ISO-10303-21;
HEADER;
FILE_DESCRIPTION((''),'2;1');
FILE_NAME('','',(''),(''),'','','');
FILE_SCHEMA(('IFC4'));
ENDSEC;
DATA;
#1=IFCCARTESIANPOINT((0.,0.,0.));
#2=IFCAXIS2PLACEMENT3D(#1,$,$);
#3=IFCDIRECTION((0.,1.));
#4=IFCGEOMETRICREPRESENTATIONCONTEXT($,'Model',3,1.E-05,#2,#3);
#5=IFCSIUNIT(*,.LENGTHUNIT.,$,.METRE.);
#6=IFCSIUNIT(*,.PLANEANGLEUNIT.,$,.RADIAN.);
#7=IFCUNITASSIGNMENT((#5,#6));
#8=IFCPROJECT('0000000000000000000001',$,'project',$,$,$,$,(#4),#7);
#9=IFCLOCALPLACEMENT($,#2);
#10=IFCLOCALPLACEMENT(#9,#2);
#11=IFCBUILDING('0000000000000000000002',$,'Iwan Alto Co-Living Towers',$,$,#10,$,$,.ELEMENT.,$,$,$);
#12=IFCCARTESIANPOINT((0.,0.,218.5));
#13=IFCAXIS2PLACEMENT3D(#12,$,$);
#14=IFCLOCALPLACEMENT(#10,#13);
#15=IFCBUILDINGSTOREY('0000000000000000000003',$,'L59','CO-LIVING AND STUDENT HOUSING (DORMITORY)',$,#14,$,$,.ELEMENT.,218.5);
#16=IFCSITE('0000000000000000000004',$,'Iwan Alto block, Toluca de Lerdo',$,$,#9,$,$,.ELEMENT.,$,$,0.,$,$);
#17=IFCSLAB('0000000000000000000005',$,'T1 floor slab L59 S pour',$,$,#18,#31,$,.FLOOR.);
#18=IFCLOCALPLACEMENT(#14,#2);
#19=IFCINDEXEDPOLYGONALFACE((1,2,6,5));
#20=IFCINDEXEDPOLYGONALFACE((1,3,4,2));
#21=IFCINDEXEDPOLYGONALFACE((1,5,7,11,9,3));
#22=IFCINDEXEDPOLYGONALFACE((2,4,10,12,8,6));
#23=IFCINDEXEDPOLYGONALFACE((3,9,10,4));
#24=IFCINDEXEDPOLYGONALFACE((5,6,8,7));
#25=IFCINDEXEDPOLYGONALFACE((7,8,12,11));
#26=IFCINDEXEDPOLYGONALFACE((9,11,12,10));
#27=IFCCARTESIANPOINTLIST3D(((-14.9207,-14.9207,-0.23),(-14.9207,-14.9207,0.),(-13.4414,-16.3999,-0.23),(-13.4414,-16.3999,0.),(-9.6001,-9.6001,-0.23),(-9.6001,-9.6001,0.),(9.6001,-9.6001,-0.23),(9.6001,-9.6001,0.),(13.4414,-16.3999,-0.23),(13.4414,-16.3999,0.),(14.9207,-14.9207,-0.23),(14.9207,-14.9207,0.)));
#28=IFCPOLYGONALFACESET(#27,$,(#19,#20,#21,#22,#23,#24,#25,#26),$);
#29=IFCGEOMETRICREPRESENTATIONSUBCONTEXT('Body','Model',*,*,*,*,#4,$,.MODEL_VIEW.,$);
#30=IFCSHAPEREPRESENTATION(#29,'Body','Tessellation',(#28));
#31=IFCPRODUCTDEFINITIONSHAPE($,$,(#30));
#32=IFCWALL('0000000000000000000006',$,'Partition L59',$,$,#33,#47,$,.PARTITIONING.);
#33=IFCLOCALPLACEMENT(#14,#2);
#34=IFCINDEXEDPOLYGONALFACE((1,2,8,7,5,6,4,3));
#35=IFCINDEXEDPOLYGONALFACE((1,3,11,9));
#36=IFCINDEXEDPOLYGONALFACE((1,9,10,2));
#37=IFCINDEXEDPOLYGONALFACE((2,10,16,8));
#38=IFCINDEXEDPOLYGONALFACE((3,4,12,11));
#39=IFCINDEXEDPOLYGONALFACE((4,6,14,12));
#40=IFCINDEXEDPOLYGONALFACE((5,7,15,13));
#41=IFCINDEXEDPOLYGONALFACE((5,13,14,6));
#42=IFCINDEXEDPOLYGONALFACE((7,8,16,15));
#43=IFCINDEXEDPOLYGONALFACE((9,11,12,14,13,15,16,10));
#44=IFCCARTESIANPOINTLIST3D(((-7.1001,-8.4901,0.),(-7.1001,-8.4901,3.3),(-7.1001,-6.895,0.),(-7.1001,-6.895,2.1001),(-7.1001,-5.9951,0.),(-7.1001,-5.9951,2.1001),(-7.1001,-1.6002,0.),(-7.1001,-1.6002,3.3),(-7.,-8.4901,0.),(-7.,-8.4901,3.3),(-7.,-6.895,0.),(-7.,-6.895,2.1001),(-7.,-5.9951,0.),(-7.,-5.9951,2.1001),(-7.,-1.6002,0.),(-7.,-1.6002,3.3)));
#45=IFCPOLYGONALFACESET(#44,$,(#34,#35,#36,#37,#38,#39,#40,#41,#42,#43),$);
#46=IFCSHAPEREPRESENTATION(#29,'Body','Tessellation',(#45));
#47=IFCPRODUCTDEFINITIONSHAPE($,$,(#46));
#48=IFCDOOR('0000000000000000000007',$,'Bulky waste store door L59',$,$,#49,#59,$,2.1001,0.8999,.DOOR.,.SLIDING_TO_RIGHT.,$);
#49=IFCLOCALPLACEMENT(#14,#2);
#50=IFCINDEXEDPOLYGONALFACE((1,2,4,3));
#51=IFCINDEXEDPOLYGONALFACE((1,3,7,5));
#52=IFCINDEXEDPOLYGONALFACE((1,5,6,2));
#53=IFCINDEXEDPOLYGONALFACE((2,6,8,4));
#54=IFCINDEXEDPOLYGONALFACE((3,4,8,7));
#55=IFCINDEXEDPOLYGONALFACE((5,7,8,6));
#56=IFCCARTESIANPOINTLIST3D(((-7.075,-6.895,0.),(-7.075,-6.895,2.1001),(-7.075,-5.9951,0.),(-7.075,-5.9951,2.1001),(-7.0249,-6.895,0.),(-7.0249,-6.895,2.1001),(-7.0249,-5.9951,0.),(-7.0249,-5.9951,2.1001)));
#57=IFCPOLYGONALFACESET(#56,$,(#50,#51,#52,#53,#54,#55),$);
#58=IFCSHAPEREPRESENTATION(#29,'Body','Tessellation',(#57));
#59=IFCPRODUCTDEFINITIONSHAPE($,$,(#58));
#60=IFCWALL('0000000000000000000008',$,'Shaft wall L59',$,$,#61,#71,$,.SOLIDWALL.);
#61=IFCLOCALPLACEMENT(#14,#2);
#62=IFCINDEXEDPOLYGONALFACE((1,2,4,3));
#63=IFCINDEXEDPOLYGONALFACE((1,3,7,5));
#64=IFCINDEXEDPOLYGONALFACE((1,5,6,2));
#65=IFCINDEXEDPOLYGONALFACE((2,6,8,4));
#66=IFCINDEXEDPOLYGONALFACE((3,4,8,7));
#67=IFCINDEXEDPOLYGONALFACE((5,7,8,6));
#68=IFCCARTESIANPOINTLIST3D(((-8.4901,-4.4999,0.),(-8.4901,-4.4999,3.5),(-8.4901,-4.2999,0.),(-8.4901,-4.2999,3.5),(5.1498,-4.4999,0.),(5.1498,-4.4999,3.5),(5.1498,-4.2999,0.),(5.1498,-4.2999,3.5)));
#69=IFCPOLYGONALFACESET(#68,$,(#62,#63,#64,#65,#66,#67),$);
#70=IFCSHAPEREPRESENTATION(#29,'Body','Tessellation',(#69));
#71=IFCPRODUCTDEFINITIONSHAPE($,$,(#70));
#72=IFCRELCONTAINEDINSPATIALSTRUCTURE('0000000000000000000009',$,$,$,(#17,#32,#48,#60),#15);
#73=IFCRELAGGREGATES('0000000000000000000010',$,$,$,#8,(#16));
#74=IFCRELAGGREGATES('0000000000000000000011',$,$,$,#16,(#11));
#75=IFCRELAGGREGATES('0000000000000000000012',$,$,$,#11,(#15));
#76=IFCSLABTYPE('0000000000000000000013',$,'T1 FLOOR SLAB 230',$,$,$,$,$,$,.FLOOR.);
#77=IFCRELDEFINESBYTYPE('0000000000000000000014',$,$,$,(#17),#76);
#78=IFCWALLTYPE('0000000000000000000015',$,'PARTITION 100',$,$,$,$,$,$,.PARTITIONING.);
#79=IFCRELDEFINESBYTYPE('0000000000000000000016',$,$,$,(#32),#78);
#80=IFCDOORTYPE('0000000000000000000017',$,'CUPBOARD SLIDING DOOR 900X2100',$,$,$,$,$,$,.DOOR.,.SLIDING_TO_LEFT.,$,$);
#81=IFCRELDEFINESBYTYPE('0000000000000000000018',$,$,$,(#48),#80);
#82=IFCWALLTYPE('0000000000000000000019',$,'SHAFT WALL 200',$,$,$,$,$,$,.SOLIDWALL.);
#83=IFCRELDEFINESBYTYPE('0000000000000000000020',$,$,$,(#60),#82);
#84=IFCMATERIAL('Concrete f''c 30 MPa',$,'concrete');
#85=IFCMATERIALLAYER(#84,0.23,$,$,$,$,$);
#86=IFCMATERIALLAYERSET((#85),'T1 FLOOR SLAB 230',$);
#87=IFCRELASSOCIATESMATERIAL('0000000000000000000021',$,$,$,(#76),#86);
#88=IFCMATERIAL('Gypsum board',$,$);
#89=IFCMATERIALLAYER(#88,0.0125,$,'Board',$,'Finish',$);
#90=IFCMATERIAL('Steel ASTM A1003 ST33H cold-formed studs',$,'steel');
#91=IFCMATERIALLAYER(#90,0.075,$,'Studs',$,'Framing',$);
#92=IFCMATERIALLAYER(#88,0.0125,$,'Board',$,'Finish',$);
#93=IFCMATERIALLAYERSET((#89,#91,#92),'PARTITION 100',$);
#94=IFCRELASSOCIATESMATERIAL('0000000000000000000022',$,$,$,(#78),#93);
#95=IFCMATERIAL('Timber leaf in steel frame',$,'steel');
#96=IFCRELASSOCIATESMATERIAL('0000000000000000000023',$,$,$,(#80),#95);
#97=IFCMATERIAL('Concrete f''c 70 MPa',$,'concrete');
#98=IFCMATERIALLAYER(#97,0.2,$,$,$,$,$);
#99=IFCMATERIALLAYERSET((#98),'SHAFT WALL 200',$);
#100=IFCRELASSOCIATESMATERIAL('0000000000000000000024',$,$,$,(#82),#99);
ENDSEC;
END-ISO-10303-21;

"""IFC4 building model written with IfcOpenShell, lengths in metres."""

from ifc_helpers import new_model, si_unit, direction, frame, frame_2d, origin, place, context, subcontext, project, spatial, polyline, rectangle, outline, extrude, material, layer, layer_set, type_object, element, fill, save


model = new_model("IFC4")

# Units and contexts
model_context = context("Model", 3, precision=1e-05, world=origin(), true_north=direction((0.0, 1.0)))
body_context = subcontext(model_context, "Body", "Model", "MODEL_VIEW")
ifc_project = project(units=[si_unit("LENGTHUNIT", "METRE"), si_unit("PLANEANGLEUNIT", "RADIAN")], contexts=[model_context])

# Site, building, storey
site_placement = place(None, origin())
site = spatial("IfcSite", under=ifc_project, at=site_placement, Name="Iwan Alto block, Toluca de Lerdo", CompositionType="ELEMENT", RefElevation=0.0)
building_placement = place(site_placement, origin())
building = spatial("IfcBuilding", under=site, at=building_placement, Name="Iwan Alto Co-Living Towers", CompositionType="ELEMENT")
storey_placement = place(building_placement, frame((0.0, 0.0, 218.5)))
storey = spatial("IfcBuildingStorey", under=building, at=storey_placement, Name="L59", Description="CO-LIVING AND STUDENT HOUSING (DORMITORY)", CompositionType="ELEMENT", Elevation=218.5)

# Slab
ifc_material_1 = material(Name="Concrete f'c 30 MPa", Category="concrete")
ifc_layer_1 = layer(ifc_material_1, 0.23)
ifc_layer_set_1 = layer_set([ifc_layer_1], Name="T1 FLOOR SLAB 230")
slab_type = type_object("IfcSlabType", Name="T1 FLOOR SLAB 230", PredefinedType="FLOOR", material=ifc_layer_set_1)
slab_placement = place(storey_placement, frame((0.0, 0.0, -0.23)))
element("IfcSlab", 1, at=slab_placement, inside=storey, type_object=slab_type, Name="T1 floor slab L59 S pour", PredefinedType="FLOOR", context=body_context, shape_type="SweptSolid", body=[
    extrude(outline(polyline([(13.4414, -16.3999), (-13.4414, -16.3999), (-14.9207, -14.9207), (-9.6001, -9.6001), (9.6001, -9.6001), (14.9207, -14.9207), (13.4414, -16.3999)])), origin(), (0.0, 0.0, 1.0), 0.23),
])

# Wall, opening, door
ifc_material_2 = material(Name="Gypsum board")
ifc_layer_2 = layer(ifc_material_2, 0.0125, Name="Board", Category="Finish")
ifc_material_3 = material(Name="Steel ASTM A1003 ST33H cold-formed studs", Category="steel")
ifc_layer_3 = layer(ifc_material_3, 0.075, Name="Studs", Category="Framing")
ifc_layer_4 = layer(ifc_material_2, 0.0125, Name="Board", Category="Finish")
ifc_layer_set_2 = layer_set([ifc_layer_2, ifc_layer_3, ifc_layer_4], Name="PARTITION 100")
wall_type_1 = type_object("IfcWallType", Name="PARTITION 100", PredefinedType="PARTITIONING", material=ifc_layer_set_2)
wall_1_placement = place(storey_placement, frame((-7.05, -8.49, 0.0), z_axis=(0.0, 0.0, 1.0), x_axis=(0.0, 1.0, 0.0)))
wall_1 = element("IfcWall", 2, at=wall_1_placement, inside=storey, type_object=wall_type_1, Name="Partition L59", PredefinedType="PARTITIONING", context=body_context, shape_type="SweptSolid", body=[
    extrude(rectangle(XDim=6.8899, YDim=0.1001, at=frame_2d((3.4448, 0.0))), origin(), (0.0, 0.0, 1.0), 3.3),
])
opening_1_placement = place(wall_1_placement, frame((1.595, 0.0, 0.0)))
opening_1 = element("IfcOpeningElement", 3, at=opening_1_placement, cuts=wall_1, PredefinedType="OPENING", context=body_context, shape_type="SweptSolid", body=[
    extrude(rectangle(XDim=0.8999, YDim=2.1001, at=frame_2d((0.45, 1.05))), frame((0.0, 0.0601, 0.0), z_axis=(0.0, -1.0, 0.0), x_axis=(1.0, 0.0, 0.0)), (0.0, 0.0, 1.0), 0.1201),
])
ifc_material_4 = material(Name="Timber leaf in steel frame", Category="steel")
door_type_1 = type_object("IfcDoorType", Name="CUPBOARD SLIDING DOOR 900X2100", OperationType="SLIDING_TO_LEFT", PredefinedType="DOOR", material=ifc_material_4)
door_1_placement = place(opening_1_placement, origin())
door_1 = element("IfcDoor", 4, at=door_1_placement, inside=storey, type_object=door_type_1, Name="Bulky waste store door L59", OperationType="SLIDING_TO_RIGHT", OverallHeight=2.1001, OverallWidth=0.8999, PredefinedType="DOOR", context=body_context, shape_type="SweptSolid", body=[
    extrude(rectangle(XDim=0.8999, YDim=2.1001, at=frame_2d((0.45, 1.05))), frame((0.0, 0.0249, 0.0), z_axis=(0.0, -1.0, 0.0), x_axis=(1.0, 0.0, 0.0)), (0.0, 0.0, 1.0), 0.05),
])
fill(opening_1, door_1)

# Wall
ifc_material_5 = material(Name="Concrete f'c 70 MPa", Category="concrete")
ifc_layer_5 = layer(ifc_material_5, 0.2)
ifc_layer_set_3 = layer_set([ifc_layer_5], Name="SHAFT WALL 200")
wall_type_2 = type_object("IfcWallType", Name="SHAFT WALL 200", PredefinedType="SOLIDWALL", material=ifc_layer_set_3)
wall_2_placement = place(storey_placement, frame((-8.49, -4.3999, 0.0), z_axis=(0.0, 0.0, 1.0), x_axis=(1.0, 0.0, 0.0)))
element("IfcWall", 5, at=wall_2_placement, inside=storey, type_object=wall_type_2, Name="Shaft wall L59", PredefinedType="SOLIDWALL", context=body_context, shape_type="SweptSolid", body=[
    extrude(rectangle(XDim=13.6399, YDim=0.2, at=frame_2d((6.8198, 0.0))), origin(), (0.0, 0.0, 1.0), 3.5),
])

save(model, "model.ifc")
